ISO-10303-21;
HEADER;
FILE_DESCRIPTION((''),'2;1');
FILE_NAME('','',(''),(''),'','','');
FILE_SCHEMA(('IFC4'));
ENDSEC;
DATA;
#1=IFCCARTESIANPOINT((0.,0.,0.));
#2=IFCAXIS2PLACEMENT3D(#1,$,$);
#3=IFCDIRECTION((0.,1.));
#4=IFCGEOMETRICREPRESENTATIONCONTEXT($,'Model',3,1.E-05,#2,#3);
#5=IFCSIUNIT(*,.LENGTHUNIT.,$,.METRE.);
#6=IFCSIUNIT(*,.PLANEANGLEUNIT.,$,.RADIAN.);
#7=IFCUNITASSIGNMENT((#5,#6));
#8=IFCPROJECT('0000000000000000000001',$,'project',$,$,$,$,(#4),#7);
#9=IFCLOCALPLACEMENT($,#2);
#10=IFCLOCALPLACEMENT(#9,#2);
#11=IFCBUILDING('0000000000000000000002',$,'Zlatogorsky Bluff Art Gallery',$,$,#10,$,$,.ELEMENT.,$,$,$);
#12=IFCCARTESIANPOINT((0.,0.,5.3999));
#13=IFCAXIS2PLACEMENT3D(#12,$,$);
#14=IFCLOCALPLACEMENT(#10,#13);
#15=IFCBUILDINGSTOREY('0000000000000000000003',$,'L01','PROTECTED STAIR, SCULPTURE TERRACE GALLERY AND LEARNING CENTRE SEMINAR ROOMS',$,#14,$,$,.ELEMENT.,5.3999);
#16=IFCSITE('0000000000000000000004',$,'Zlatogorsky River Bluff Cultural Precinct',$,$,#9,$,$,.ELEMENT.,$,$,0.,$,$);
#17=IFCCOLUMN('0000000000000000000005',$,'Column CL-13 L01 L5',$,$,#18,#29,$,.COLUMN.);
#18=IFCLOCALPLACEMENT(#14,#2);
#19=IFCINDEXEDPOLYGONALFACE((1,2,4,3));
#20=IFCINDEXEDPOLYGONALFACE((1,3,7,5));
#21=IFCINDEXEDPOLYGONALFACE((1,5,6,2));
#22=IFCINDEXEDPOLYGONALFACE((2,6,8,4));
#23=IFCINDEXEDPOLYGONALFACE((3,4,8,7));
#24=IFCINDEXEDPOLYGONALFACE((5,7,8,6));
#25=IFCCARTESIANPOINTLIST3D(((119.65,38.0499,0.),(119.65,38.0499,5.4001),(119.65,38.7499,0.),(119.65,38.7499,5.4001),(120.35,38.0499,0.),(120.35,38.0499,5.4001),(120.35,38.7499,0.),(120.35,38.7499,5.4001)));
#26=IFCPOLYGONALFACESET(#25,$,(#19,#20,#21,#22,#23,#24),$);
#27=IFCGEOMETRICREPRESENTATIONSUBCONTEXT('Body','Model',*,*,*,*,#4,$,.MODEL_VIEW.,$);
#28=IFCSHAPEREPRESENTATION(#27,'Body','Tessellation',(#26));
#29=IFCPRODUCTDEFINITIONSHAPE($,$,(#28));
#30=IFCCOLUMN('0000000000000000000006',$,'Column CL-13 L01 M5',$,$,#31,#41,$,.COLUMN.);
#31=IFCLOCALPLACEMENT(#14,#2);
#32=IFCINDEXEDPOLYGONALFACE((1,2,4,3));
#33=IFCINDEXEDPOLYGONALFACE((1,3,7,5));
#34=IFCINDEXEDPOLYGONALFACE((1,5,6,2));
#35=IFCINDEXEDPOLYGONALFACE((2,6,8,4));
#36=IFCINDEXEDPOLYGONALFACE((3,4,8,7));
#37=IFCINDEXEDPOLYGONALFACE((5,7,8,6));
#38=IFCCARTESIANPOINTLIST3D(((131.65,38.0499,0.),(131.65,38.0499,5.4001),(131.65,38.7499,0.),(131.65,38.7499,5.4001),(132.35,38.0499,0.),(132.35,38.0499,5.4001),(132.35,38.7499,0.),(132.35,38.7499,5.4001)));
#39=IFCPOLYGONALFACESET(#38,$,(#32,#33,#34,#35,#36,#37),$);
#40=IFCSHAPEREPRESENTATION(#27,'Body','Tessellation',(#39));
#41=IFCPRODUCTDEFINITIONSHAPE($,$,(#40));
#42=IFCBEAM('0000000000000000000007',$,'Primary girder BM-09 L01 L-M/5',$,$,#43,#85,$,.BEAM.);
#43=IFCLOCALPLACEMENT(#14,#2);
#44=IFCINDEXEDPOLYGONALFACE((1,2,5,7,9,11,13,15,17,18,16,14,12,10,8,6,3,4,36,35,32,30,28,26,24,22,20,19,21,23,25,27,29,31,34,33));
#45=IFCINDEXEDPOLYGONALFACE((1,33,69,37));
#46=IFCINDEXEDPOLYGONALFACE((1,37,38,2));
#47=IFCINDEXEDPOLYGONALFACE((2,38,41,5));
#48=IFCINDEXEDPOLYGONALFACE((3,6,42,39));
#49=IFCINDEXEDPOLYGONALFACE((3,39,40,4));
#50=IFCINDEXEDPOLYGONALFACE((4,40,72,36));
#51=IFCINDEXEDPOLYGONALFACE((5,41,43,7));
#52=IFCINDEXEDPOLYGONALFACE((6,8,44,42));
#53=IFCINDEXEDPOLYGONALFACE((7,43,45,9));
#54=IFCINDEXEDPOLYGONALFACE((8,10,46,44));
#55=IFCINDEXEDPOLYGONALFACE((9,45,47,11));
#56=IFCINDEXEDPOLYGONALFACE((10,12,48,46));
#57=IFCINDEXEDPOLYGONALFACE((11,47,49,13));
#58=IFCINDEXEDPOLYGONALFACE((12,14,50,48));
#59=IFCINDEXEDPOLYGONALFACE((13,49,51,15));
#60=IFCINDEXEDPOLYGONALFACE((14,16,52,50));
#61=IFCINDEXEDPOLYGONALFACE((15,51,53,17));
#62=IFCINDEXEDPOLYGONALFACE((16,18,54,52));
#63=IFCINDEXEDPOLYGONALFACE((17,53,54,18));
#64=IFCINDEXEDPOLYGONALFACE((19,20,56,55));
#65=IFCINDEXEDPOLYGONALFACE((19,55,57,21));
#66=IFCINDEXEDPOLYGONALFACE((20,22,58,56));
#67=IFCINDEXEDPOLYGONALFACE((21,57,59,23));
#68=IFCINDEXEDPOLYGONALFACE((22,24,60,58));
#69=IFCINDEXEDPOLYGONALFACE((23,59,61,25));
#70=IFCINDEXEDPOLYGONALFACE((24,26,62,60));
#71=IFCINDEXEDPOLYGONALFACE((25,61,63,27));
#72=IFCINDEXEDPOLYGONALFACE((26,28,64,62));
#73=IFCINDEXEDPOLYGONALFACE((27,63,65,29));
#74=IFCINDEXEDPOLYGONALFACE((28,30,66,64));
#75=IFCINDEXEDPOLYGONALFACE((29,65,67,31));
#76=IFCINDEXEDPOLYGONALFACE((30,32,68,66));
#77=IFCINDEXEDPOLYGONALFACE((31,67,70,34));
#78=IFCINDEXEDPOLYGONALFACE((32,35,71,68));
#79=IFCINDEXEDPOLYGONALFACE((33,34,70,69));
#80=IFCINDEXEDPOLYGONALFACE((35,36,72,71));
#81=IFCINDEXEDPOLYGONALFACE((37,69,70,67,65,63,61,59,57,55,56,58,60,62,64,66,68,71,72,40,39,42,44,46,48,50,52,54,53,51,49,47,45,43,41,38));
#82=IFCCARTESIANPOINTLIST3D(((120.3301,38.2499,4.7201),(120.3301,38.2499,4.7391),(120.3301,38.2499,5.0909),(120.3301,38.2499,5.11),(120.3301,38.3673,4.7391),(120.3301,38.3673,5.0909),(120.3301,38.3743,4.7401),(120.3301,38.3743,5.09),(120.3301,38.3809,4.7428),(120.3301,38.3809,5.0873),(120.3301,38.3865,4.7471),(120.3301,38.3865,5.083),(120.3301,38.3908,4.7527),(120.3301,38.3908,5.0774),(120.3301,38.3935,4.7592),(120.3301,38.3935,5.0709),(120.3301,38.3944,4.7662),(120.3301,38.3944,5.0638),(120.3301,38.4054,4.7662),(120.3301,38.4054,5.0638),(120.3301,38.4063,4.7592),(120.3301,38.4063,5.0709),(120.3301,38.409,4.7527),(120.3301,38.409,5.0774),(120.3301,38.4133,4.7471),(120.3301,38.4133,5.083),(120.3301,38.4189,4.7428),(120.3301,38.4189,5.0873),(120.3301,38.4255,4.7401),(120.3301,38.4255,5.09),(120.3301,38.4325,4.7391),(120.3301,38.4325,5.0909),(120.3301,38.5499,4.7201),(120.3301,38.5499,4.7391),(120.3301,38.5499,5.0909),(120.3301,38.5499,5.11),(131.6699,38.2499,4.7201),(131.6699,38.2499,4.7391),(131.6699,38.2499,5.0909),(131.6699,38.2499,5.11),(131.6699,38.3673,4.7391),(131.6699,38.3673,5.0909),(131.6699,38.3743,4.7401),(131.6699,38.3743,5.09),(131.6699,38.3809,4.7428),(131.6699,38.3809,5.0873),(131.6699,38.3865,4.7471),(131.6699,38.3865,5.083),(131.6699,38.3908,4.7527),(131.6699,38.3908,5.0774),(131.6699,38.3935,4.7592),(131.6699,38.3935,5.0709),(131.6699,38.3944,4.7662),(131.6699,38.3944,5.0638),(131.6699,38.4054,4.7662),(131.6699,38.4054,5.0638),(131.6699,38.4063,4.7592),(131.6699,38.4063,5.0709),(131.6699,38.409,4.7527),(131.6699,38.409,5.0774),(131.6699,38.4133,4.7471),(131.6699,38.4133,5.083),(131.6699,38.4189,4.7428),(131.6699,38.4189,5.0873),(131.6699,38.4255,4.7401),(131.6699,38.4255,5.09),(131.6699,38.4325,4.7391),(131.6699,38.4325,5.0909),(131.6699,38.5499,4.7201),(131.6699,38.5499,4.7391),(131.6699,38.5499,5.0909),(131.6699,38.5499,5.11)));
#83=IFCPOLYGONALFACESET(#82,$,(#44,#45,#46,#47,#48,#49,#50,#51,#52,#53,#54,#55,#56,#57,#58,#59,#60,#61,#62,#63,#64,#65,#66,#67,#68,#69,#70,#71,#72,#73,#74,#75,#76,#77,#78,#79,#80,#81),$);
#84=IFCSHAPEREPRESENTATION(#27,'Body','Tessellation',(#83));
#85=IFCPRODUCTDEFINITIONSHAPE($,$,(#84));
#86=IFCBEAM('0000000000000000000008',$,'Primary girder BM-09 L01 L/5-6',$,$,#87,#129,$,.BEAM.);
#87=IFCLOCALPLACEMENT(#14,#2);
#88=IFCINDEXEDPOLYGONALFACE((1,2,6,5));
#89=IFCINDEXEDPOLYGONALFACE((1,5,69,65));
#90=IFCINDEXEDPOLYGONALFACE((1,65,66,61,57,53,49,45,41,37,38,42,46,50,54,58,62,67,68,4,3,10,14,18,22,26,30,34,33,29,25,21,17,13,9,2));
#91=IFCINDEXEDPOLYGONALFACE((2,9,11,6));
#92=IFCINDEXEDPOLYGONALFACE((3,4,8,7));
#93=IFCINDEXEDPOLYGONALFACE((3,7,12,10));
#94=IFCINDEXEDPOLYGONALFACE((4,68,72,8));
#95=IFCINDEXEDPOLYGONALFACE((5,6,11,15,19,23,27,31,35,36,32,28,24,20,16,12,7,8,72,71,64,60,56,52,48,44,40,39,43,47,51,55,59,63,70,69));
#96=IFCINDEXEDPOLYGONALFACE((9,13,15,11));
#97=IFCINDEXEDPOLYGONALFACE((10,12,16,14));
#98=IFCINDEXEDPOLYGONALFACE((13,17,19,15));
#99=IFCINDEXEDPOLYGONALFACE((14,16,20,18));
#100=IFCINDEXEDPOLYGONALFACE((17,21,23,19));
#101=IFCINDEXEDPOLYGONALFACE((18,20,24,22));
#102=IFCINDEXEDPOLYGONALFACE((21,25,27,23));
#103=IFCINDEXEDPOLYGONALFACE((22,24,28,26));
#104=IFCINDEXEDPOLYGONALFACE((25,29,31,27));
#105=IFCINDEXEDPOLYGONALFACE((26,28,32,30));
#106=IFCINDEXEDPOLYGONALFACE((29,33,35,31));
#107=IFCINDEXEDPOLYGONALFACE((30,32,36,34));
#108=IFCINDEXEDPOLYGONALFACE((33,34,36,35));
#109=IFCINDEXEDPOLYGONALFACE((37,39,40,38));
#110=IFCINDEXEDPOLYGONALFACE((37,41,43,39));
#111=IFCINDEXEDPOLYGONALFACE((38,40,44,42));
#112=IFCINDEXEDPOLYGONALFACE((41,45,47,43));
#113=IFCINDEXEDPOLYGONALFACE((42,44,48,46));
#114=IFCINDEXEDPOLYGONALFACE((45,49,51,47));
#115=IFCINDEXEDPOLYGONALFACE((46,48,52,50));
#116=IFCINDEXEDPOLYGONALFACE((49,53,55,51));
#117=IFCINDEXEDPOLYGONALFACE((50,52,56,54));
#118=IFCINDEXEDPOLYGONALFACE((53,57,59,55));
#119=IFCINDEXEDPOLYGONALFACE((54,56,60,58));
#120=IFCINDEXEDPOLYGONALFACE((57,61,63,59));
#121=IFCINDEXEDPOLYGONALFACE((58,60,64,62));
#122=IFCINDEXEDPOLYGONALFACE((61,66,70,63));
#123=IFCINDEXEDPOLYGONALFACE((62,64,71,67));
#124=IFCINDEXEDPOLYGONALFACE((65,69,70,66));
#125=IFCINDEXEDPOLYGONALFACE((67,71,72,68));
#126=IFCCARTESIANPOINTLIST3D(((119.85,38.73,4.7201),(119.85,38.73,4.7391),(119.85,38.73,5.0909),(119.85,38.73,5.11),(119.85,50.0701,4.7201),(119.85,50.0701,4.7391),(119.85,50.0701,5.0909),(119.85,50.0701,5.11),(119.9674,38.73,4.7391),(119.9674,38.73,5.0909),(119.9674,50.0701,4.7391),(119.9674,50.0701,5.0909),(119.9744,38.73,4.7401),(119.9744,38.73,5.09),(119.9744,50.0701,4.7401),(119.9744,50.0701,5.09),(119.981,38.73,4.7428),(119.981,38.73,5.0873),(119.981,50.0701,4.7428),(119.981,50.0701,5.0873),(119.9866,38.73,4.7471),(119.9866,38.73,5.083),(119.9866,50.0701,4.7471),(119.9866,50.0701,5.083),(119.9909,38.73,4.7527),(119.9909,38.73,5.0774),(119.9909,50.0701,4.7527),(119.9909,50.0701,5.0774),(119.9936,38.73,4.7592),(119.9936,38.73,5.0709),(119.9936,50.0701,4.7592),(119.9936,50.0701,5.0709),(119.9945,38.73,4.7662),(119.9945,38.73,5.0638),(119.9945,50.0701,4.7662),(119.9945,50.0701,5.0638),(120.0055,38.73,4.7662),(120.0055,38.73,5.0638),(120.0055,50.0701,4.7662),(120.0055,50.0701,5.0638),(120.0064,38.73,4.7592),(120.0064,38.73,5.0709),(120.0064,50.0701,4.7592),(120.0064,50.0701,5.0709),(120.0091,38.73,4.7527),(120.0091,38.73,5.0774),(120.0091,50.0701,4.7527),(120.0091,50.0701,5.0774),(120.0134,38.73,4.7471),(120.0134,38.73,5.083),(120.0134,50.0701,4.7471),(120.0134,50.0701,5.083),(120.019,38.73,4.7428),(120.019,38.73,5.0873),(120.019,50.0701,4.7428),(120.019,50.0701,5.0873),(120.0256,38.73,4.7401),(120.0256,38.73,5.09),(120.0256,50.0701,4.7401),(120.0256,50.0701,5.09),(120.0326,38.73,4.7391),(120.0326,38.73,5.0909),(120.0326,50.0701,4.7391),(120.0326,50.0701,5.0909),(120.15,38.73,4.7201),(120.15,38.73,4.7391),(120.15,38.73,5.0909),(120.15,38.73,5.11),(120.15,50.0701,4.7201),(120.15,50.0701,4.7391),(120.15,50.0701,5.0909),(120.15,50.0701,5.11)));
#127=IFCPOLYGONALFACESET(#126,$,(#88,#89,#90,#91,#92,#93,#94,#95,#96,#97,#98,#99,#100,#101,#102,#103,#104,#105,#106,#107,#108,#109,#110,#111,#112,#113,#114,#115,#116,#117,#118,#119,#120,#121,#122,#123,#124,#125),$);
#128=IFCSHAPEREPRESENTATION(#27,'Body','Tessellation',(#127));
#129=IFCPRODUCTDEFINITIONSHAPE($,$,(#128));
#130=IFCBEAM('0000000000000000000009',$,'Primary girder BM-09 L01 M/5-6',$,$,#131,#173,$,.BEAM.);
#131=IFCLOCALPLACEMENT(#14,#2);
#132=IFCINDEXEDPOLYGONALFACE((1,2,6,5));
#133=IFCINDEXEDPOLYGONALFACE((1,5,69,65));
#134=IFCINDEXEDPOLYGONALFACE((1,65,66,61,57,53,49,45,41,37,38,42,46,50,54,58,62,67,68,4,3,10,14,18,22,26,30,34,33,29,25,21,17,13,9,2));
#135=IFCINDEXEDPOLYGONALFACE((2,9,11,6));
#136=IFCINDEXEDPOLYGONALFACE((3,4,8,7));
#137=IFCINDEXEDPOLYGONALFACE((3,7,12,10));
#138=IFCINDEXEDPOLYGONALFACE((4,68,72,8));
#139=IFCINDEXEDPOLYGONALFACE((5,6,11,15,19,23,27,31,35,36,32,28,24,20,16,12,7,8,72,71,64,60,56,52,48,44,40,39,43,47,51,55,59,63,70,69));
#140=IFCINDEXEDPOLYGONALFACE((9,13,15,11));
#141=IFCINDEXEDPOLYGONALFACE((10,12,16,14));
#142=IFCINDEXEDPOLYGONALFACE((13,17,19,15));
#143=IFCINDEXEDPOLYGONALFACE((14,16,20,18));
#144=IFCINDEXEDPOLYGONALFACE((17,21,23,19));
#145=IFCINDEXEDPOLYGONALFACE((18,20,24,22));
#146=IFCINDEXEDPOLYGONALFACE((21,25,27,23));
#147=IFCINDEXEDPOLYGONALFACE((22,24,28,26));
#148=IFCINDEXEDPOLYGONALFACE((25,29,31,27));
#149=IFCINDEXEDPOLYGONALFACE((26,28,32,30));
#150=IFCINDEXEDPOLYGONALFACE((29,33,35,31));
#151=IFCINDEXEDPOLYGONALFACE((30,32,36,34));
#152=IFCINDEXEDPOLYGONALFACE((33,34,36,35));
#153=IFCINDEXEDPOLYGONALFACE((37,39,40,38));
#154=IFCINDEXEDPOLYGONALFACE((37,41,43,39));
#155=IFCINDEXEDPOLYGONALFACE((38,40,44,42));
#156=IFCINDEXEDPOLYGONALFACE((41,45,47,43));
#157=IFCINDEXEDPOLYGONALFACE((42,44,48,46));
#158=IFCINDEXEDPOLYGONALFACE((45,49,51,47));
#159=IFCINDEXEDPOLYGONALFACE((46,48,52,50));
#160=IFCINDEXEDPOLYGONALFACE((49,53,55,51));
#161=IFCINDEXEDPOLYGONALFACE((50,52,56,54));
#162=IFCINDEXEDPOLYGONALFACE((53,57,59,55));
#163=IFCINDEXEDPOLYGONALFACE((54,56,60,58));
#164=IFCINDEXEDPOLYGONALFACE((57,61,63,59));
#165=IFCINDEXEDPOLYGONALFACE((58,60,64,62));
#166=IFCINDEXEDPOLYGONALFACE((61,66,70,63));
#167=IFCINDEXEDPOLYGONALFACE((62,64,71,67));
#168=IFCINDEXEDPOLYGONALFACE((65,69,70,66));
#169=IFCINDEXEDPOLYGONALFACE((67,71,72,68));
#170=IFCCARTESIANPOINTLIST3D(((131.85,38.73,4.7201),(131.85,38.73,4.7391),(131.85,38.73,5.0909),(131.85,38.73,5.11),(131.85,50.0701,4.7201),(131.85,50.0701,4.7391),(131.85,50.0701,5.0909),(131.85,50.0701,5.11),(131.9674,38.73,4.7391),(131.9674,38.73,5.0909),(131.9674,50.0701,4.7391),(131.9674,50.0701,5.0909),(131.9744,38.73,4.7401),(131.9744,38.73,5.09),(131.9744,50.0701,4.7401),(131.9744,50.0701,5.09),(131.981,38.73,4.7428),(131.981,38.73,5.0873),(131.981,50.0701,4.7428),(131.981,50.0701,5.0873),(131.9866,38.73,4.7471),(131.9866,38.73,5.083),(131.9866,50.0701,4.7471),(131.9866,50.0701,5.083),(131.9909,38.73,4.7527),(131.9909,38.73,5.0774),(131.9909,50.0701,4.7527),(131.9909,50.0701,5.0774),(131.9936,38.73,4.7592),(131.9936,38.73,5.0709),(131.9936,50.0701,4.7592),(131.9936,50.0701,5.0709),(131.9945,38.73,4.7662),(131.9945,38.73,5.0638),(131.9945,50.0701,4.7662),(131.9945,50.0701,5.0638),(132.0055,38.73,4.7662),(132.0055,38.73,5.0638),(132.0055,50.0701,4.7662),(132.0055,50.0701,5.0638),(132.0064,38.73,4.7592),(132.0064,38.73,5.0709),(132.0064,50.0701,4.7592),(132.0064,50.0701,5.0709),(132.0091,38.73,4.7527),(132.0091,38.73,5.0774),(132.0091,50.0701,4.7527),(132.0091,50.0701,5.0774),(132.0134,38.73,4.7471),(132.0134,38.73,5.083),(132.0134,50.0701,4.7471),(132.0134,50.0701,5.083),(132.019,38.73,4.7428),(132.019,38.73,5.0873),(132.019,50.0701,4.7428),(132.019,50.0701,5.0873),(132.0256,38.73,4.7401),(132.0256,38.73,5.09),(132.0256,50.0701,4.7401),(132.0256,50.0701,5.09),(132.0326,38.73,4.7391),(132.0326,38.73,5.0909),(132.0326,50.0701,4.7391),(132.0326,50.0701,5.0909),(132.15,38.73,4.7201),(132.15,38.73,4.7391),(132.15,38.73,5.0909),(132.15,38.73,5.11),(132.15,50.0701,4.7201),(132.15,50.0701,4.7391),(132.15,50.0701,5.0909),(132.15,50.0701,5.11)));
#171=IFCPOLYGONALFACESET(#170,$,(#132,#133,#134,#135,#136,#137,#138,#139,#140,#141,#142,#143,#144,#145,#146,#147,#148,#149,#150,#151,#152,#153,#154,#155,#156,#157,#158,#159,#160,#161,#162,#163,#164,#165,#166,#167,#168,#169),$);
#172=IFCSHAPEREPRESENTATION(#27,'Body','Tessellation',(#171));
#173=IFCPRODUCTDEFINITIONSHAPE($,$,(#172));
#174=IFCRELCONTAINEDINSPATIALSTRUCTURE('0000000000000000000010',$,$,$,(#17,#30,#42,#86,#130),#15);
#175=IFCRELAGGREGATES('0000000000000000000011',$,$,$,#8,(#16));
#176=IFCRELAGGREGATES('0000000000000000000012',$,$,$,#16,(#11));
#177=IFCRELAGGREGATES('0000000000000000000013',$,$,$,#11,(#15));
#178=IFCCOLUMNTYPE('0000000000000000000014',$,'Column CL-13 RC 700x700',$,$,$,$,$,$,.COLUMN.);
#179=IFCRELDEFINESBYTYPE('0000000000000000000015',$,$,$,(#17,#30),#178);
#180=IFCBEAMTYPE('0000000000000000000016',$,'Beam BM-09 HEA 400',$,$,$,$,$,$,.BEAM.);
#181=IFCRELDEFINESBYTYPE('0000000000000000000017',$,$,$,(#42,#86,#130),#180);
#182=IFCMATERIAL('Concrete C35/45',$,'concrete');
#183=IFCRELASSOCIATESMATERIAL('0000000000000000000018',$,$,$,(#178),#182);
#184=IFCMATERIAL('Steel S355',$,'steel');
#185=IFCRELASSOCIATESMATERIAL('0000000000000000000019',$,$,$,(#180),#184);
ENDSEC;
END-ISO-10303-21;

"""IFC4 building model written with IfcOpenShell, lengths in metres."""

from ifc_helpers import new_model, si_unit, direction, frame, origin, origin_2d, place, context, subcontext, project, spatial, rectangle, i_section, extrude, material, material_profile, profile_set, type_object, element, save


model = new_model("IFC4")

# Units and contexts
model_context = context("Model", 3, precision=1e-05, world=origin(), true_north=direction((0.0, 1.0)))
body_context = subcontext(model_context, "Body", "Model", "MODEL_VIEW")
ifc_project = project(units=[si_unit("LENGTHUNIT", "METRE"), si_unit("PLANEANGLEUNIT", "RADIAN")], contexts=[model_context])

# Site, building, storey
site_placement = place(None, origin())
site = spatial("IfcSite", under=ifc_project, at=site_placement, Name="Zlatogorsky River Bluff Cultural Precinct", CompositionType="ELEMENT", RefElevation=0.0)
building_placement = place(site_placement, origin())
building = spatial("IfcBuilding", under=site, at=building_placement, Name="Zlatogorsky Bluff Art Gallery", CompositionType="ELEMENT")
storey_placement = place(building_placement, frame((0.0, 0.0, 5.3999)))
storey = spatial("IfcBuildingStorey", under=building, at=storey_placement, Name="L01", Description="PROTECTED STAIR, SCULPTURE TERRACE GALLERY AND LEARNING CENTRE SEMINAR ROOMS", CompositionType="ELEMENT", Elevation=5.3999)

# Columns
ifc_material_1 = material(Name="Concrete C35/45", Category="concrete")
ifc_material_profile_1 = material_profile(ifc_material_1, rectangle(XDim=0.7, YDim=0.7, at=origin_2d()), Name="RC 700x700")
ifc_profile_set_1 = profile_set([ifc_material_profile_1], Name="Concrete C35/45")
column_type = type_object("IfcColumnType", Name="Column CL-13 RC 700x700", PredefinedType="COLUMN", material=ifc_profile_set_1)
for number, where, z_axis, x_axis, name in (
    (1, (120.0, 38.3999, 0.0), (0.0, 0.0, 1.0), (1.0, 0.0, 0.0), "Column CL-13 L01 L5"),
    (2, (132.0, 38.3999, 0.0), (0.0, 0.0, 1.0), (1.0, 0.0, 0.0), "Column CL-13 L01 M5"),
):
    element("IfcColumn", number, at=place(storey_placement, frame(where, z_axis=z_axis, x_axis=x_axis)), inside=storey, type_object=column_type, Name=name, PredefinedType="COLUMN", context=body_context, shape_type="SweptSolid", body=[
        extrude(rectangle(XDim=0.7, YDim=0.7, at=origin_2d()), origin(), (0.0, 0.0, 1.0), 5.4001),
    ])

# Beams
ifc_material_2 = material(Name="Steel S355", Category="steel")
ifc_material_profile_2 = material_profile(ifc_material_2, i_section(OverallWidth=0.3, OverallDepth=0.3899, WebThickness=0.011, FlangeThickness=0.019, FilletRadius=0.0271, at=origin_2d()), Name="HEA 400")
ifc_profile_set_2 = profile_set([ifc_material_profile_2], Name="Steel S355")
beam_type_1 = type_object("IfcBeamType", Name="Beam BM-09 HEA 400", PredefinedType="BEAM", material=ifc_profile_set_2)
beam_placement = place(storey_placement, frame((120.3301, 38.3999, 4.915), z_axis=(1.0, 0.0, 0.0), x_axis=(0.0, 1.0, 0.0)))
element("IfcBeam", 3, at=beam_placement, inside=storey, type_object=beam_type_1, Name="Primary girder BM-09 L01 L-M/5", PredefinedType="BEAM", context=body_context, shape_type="SweptSolid", body=[
    extrude(i_section(OverallWidth=0.3, OverallDepth=0.3899, WebThickness=0.011, FlangeThickness=0.019, FilletRadius=0.0271, at=origin_2d()), origin(), (0.0, 0.0, 1.0), 11.3398),
])
for number, where, z_axis, x_axis, name in (
    (4, (120.0, 38.73, 4.915), (0.0, 1.0, 0.0), (-1.0, 0.0, 0.0), "Primary girder BM-09 L01 L/5-6"),
    (5, (132.0, 38.73, 4.915), (0.0, 1.0, 0.0), (-1.0, 0.0, 0.0), "Primary girder BM-09 L01 M/5-6"),
):
    element("IfcBeam", number, at=place(storey_placement, frame(where, z_axis=z_axis, x_axis=x_axis)), inside=storey, type_object=beam_type_1, Name=name, PredefinedType="BEAM", context=body_context, shape_type="SweptSolid", body=[
        extrude(i_section(OverallWidth=0.3, OverallDepth=0.3899, WebThickness=0.011, FlangeThickness=0.019, FilletRadius=0.0271, at=origin_2d()), origin(), (0.0, 0.0, 1.0), 11.3401),
    ])

save(model, "model.ifc")
